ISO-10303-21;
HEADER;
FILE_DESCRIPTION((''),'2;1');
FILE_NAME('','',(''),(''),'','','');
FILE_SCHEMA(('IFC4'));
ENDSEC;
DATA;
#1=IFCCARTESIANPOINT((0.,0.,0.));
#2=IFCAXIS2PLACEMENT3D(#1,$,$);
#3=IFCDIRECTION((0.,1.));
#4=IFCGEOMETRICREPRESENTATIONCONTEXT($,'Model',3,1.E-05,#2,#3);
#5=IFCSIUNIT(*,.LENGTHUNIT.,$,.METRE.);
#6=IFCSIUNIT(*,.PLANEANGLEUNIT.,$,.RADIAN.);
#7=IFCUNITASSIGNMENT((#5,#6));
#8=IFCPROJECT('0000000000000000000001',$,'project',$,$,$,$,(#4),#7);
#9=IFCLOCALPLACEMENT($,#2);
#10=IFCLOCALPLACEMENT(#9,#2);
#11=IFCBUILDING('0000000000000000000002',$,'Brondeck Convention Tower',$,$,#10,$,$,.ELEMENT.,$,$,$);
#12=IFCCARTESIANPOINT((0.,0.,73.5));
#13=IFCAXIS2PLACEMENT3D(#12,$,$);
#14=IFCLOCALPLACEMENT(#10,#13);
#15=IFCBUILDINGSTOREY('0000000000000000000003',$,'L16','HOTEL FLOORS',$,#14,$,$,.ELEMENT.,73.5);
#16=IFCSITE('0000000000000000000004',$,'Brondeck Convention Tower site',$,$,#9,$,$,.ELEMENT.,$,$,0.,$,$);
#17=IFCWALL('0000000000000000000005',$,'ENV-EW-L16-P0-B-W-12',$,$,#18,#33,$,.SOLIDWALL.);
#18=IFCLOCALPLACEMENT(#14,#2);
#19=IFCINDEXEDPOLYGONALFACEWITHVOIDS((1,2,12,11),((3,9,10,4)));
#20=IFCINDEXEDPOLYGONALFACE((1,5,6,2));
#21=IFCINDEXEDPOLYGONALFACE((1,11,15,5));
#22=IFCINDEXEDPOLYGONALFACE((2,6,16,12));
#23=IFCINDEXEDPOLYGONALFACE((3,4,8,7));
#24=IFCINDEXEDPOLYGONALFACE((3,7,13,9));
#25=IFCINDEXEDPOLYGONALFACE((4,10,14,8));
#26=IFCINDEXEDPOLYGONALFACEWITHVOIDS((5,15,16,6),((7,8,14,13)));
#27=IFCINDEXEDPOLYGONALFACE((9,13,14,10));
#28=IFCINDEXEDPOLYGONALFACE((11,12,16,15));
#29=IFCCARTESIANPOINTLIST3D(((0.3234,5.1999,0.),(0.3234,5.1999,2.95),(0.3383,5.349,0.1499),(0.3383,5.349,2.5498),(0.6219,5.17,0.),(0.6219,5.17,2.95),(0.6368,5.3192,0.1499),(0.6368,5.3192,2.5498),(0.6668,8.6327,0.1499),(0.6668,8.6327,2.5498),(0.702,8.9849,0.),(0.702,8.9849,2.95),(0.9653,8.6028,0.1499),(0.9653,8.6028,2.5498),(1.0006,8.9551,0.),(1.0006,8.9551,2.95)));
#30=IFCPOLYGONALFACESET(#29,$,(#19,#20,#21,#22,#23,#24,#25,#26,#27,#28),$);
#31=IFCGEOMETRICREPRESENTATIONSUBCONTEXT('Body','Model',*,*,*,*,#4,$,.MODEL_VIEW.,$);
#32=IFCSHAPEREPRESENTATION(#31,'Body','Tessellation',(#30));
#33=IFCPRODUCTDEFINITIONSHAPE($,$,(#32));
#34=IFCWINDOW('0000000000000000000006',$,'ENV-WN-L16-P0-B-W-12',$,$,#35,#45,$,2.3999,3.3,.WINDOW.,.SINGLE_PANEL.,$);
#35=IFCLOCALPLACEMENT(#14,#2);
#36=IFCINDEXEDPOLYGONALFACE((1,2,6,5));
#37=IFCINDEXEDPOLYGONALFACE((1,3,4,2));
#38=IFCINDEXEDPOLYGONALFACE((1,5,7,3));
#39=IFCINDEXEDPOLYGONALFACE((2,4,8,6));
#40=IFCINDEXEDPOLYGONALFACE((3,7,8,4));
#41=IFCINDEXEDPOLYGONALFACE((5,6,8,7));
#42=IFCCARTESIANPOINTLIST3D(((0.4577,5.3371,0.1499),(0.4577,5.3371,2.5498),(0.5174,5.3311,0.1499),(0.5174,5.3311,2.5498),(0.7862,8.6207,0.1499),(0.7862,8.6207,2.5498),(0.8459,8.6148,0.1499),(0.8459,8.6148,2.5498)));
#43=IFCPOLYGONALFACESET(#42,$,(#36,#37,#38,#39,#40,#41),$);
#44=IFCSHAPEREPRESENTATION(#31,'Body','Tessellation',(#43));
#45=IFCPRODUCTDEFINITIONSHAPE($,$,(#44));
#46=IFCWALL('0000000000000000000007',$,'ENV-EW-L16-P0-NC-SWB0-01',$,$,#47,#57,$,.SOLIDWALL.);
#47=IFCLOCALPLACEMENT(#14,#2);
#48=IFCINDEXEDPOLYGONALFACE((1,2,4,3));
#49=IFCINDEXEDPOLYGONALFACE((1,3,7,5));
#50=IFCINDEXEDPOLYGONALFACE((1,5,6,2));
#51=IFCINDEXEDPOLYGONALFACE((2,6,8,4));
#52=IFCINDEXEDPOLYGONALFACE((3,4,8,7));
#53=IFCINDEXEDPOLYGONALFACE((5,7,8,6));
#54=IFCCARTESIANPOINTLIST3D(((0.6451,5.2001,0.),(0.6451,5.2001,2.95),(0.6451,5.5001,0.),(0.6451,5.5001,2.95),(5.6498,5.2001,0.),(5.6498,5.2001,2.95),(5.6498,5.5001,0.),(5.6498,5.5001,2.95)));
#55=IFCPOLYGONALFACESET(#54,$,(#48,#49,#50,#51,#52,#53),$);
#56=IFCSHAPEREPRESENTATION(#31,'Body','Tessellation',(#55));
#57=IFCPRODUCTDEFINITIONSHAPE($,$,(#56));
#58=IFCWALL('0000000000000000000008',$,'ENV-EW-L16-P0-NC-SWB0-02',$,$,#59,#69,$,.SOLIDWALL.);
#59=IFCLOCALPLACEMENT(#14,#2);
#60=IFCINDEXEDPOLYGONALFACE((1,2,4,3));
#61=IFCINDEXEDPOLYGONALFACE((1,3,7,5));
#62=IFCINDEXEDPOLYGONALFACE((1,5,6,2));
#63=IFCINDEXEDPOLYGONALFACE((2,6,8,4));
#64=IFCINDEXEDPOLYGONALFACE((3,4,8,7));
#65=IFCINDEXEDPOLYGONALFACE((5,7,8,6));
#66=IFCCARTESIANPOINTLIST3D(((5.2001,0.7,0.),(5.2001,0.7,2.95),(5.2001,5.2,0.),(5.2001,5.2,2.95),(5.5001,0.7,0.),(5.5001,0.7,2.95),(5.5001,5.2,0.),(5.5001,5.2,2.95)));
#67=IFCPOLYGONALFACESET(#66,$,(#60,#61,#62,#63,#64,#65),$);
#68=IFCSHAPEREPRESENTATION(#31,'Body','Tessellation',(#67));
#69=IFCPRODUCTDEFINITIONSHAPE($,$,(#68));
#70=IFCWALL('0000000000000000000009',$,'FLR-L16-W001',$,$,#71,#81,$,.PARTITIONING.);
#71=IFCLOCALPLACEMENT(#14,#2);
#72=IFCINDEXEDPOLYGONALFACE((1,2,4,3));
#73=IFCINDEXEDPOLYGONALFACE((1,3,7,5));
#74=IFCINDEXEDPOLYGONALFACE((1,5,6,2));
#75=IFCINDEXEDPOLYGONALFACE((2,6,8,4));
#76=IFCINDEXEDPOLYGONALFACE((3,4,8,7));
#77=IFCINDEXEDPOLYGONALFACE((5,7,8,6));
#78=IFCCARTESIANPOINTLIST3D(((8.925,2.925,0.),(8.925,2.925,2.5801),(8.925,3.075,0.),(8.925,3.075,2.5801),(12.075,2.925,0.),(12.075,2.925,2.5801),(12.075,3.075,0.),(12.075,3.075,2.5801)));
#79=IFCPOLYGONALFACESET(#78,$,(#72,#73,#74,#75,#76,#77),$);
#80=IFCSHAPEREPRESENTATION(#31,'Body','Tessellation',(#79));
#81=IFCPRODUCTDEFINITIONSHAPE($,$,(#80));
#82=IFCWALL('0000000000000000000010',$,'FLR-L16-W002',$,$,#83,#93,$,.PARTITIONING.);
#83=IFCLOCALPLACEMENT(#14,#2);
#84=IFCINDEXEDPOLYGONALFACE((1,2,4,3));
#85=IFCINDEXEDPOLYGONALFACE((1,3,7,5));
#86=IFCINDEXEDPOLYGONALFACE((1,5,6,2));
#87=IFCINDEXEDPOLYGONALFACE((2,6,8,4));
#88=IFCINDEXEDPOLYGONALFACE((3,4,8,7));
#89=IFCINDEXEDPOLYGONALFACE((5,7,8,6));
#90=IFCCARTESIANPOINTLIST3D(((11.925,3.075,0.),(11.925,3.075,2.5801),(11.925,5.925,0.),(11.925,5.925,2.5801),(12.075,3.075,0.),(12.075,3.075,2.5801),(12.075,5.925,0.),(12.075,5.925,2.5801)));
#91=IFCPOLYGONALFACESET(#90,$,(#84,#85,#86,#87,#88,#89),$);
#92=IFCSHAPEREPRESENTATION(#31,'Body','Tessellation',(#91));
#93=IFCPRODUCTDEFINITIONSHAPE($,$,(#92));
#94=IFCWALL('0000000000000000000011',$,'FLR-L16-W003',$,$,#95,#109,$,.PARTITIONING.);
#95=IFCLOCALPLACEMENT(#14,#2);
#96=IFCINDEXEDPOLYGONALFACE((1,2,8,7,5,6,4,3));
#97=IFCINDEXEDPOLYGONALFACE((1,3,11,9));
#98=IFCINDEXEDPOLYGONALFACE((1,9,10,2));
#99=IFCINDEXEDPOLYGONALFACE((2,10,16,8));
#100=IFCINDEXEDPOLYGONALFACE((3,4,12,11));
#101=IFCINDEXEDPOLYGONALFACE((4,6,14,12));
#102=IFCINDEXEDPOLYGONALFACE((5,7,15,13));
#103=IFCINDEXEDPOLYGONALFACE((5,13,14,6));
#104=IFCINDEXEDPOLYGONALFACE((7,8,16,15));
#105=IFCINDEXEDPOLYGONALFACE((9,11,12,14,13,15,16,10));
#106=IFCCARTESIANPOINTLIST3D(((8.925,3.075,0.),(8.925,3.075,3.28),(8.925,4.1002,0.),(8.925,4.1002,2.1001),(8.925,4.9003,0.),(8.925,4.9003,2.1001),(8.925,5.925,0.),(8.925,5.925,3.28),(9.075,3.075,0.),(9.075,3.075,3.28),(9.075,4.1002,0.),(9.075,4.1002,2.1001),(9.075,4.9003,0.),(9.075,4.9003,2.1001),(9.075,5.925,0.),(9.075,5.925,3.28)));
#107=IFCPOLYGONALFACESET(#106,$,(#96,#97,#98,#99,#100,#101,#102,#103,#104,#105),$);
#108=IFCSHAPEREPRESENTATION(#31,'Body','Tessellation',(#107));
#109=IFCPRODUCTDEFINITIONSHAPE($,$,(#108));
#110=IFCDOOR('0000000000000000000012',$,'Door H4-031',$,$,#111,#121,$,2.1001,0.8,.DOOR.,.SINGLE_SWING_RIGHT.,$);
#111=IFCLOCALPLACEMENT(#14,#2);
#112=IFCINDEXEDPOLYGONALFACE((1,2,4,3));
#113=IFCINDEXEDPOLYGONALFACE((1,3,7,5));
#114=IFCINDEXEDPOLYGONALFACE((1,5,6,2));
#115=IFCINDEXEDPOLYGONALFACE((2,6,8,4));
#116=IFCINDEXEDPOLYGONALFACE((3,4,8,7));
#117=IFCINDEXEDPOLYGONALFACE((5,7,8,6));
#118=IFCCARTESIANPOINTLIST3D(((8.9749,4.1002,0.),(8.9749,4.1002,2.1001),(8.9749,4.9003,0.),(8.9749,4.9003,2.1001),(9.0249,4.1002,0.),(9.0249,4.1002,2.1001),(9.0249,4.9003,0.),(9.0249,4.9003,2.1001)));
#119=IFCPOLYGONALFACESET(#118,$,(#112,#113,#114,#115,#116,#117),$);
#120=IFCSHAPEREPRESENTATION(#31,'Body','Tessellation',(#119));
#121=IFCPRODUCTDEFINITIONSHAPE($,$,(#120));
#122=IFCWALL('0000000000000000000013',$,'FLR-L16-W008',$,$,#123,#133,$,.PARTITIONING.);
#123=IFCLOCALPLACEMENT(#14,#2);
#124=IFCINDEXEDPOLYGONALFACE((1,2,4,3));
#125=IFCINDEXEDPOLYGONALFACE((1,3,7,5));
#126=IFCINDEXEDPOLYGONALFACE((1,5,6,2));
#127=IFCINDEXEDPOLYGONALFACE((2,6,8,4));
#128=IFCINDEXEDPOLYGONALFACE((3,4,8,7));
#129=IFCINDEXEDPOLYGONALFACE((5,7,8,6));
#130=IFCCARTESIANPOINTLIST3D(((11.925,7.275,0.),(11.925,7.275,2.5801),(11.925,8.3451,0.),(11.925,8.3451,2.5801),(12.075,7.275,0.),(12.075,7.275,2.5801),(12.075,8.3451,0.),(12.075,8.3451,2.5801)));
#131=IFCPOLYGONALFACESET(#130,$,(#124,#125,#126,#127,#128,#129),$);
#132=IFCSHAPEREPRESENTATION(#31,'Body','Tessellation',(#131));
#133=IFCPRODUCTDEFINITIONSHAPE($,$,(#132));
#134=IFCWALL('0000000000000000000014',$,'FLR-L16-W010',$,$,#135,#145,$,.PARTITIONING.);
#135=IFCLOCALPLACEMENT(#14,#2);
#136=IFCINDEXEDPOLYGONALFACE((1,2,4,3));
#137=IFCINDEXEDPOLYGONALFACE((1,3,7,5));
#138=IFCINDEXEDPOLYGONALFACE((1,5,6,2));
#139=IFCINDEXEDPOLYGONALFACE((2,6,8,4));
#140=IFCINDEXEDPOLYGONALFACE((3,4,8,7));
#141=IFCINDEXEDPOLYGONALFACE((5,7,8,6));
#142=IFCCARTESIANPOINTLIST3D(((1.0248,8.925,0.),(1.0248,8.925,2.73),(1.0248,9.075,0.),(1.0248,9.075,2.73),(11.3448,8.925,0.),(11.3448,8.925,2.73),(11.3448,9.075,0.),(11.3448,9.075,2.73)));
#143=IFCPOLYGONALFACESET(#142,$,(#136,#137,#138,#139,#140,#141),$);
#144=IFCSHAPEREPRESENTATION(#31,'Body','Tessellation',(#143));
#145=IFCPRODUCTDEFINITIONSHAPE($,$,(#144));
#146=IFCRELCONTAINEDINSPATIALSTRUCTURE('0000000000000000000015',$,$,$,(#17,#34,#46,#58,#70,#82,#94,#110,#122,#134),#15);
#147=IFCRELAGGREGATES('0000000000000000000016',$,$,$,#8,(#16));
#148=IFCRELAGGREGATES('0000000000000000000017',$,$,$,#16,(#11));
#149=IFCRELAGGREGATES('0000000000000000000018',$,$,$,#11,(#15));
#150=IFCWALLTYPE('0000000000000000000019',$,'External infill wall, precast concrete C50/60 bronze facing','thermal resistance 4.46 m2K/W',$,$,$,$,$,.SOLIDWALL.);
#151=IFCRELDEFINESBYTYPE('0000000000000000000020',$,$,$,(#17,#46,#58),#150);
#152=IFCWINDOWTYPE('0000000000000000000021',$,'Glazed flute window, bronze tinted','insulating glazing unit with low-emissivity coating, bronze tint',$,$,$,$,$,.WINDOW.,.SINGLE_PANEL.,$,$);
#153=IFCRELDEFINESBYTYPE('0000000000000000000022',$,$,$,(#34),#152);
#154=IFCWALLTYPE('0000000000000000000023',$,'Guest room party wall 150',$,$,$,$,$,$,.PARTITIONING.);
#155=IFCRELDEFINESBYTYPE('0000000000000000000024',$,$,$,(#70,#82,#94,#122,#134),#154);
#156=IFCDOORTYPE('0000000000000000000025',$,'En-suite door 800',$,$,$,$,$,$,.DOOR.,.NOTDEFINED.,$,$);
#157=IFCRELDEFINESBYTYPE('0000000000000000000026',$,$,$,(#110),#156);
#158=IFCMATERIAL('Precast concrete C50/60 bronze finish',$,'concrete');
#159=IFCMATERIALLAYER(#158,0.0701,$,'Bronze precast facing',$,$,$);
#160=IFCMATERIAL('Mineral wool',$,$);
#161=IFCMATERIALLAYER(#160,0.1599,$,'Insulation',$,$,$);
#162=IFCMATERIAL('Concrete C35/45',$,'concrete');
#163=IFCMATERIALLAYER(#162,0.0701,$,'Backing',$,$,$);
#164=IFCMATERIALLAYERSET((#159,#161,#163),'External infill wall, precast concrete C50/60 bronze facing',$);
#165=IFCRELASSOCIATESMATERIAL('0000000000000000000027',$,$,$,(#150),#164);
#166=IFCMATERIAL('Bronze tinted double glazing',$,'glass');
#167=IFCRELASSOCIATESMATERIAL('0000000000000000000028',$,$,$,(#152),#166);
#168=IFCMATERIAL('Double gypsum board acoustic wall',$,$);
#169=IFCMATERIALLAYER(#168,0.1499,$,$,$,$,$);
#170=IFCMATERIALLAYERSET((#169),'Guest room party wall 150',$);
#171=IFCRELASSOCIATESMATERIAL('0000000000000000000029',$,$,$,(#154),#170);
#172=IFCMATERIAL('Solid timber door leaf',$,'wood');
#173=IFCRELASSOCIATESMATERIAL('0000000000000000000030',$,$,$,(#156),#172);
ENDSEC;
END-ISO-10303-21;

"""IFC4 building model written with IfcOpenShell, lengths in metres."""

from ifc_helpers import new_model, si_unit, direction, frame, frame_2d, origin, place, context, subcontext, project, spatial, rectangle, extrude, material, layer, layer_set, type_object, element, fill, save


model = new_model("IFC4")

# Units and contexts
model_context = context("Model", 3, precision=1e-05, world=origin(), true_north=direction((0.0, 1.0)))
body_context = subcontext(model_context, "Body", "Model", "MODEL_VIEW")
ifc_project = project(units=[si_unit("LENGTHUNIT", "METRE"), si_unit("PLANEANGLEUNIT", "RADIAN")], contexts=[model_context])

# Site, building, storey
site_placement = place(None, origin())
site = spatial("IfcSite", under=ifc_project, at=site_placement, Name="Brondeck Convention Tower site", CompositionType="ELEMENT", RefElevation=0.0)
building_placement = place(site_placement, origin())
building = spatial("IfcBuilding", under=site, at=building_placement, Name="Brondeck Convention Tower", CompositionType="ELEMENT")
storey_placement = place(building_placement, frame((0.0, 0.0, 73.5)))
storey = spatial("IfcBuildingStorey", under=building, at=storey_placement, Name="L16", Description="HOTEL FLOORS", CompositionType="ELEMENT", Elevation=73.5)

# Shared definitions
ifc_material_1 = material(Name="Concrete C35/45", Category="concrete")

# Shared definitions
ifc_material_2 = material(Name="Precast concrete C50/60 bronze finish", Category="concrete")
ifc_layer_1 = layer(ifc_material_2, 0.0701, Name="Bronze precast facing")
ifc_material_3 = material(Name="Mineral wool")
ifc_layer_2 = layer(ifc_material_3, 0.1599, Name="Insulation")
ifc_layer_3 = layer(ifc_material_1, 0.0701, Name="Backing")
ifc_layer_set_1 = layer_set([ifc_layer_1, ifc_layer_2, ifc_layer_3], Name="External infill wall, precast concrete C50/60 bronze facing")
wall_type_1 = type_object("IfcWallType", Name="External infill wall, precast concrete C50/60 bronze facing", Description="thermal resistance 4.46 m2K/W", PredefinedType="SOLIDWALL", material=ifc_layer_set_1)
ifc_material_4 = material(Name="Bronze tinted double glazing", Category="glass")
window_type_1 = type_object("IfcWindowType", Name="Glazed flute window, bronze tinted", Description="insulating glazing unit with low-emissivity coating, bronze tint", PartitioningType="SINGLE_PANEL", PredefinedType="WINDOW", material=ifc_material_4)

# Wall, opening, window
wall_1_placement = place(storey_placement, frame((0.4727, 5.1851, 0.0), z_axis=(0.0, 0.0, 1.0), x_axis=(0.099542, 0.995033, 0.0)))
wall_1 = element("IfcWall", 1, at=wall_1_placement, inside=storey, type_object=wall_type_1, Name="ENV-EW-L16-P0-B-W-12", PredefinedType="SOLIDWALL", context=body_context, shape_type="SweptSolid", body=[
    extrude(rectangle(XDim=3.804, YDim=0.3, at=frame_2d((1.9019, 0.0))), origin(), (0.0, 0.0, 1.0), 2.95),
])
opening_1_placement = place(wall_1_placement, frame((0.1499, 0.0, 0.1499)))
opening_1 = element("IfcOpeningElement", 2, at=opening_1_placement, cuts=wall_1, PredefinedType="OPENING", context=body_context, shape_type="SweptSolid", body=[
    extrude(rectangle(XDim=3.3, YDim=2.3999, at=frame_2d((1.6499, 1.2))), frame((0.0, 0.1599, 0.0), z_axis=(0.0, -1.0, 0.0), x_axis=(1.0, 0.0, 0.0)), (0.0, 0.0, 1.0), 0.3201),
])
window_1_placement = place(opening_1_placement, origin())
window_1 = element("IfcWindow", 3, at=window_1_placement, inside=storey, type_object=window_type_1, Name="ENV-WN-L16-P0-B-W-12", OverallHeight=2.3999, OverallWidth=3.3, PartitioningType="SINGLE_PANEL", PredefinedType="WINDOW", context=body_context, shape_type="SweptSolid", body=[
    extrude(rectangle(XDim=3.3, YDim=2.3999, at=frame_2d((1.6499, 1.2))), frame((0.0, 0.03, 0.0), z_axis=(0.0, -1.0, 0.0), x_axis=(1.0, 0.0, 0.0)), (0.0, 0.0, 1.0), 0.0601),
])
fill(opening_1, window_1)

# Walls
wall_2_placement = place(storey_placement, frame((5.6499, 5.3501, 0.0), z_axis=(0.0, 0.0, 1.0), x_axis=(-1.0, 0.0, 0.0)))
element("IfcWall", 4, at=wall_2_placement, inside=storey, type_object=wall_type_1, Name="ENV-EW-L16-P0-NC-SWB0-01", PredefinedType="SOLIDWALL", context=body_context, shape_type="SweptSolid", body=[
    extrude(rectangle(XDim=5.0046, YDim=0.3, at=frame_2d((2.5024, 0.0))), origin(), (0.0, 0.0, 1.0), 2.95),
])
wall_3_placement = place(storey_placement, frame((5.3501, 0.7, 0.0), z_axis=(0.0, 0.0, 1.0), x_axis=(0.0, 1.0, 0.0)))
element("IfcWall", 5, at=wall_3_placement, inside=storey, type_object=wall_type_1, Name="ENV-EW-L16-P0-NC-SWB0-02", PredefinedType="SOLIDWALL", context=body_context, shape_type="SweptSolid", body=[
    extrude(rectangle(XDim=4.5, YDim=0.3, at=frame_2d((2.25, 0.0))), origin(), (0.0, 0.0, 1.0), 2.95),
])
ifc_material_5 = material(Name="Double gypsum board acoustic wall")
ifc_layer_4 = layer(ifc_material_5, 0.1499)
ifc_layer_set_2 = layer_set([ifc_layer_4], Name="Guest room party wall 150")
wall_type_2 = type_object("IfcWallType", Name="Guest room party wall 150", PredefinedType="PARTITIONING", material=ifc_layer_set_2)
wall_4_placement = place(storey_placement, frame((8.925, 3.0, 0.0), z_axis=(0.0, 0.0, 1.0), x_axis=(1.0, 0.0, 0.0)))
element("IfcWall", 6, at=wall_4_placement, inside=storey, type_object=wall_type_2, Name="FLR-L16-W001", PredefinedType="PARTITIONING", context=body_context, shape_type="SweptSolid", body=[
    extrude(rectangle(XDim=3.1499, YDim=0.1499, at=frame_2d((1.575, 0.0))), origin(), (0.0, 0.0, 1.0), 2.5801),
])
wall_5_placement = place(storey_placement, frame((12.0, 3.075, 0.0), z_axis=(0.0, 0.0, 1.0), x_axis=(0.0, 1.0, 0.0)))
element("IfcWall", 7, at=wall_5_placement, inside=storey, type_object=wall_type_2, Name="FLR-L16-W002", PredefinedType="PARTITIONING", context=body_context, shape_type="SweptSolid", body=[
    extrude(rectangle(XDim=2.8501, YDim=0.1499, at=frame_2d((1.425, 0.0))), origin(), (0.0, 0.0, 1.0), 2.5801),
])

# Wall, opening, door
wall_6_placement = place(storey_placement, frame((9.0, 5.925, 0.0), z_axis=(0.0, 0.0, 1.0), x_axis=(0.0, -1.0, 0.0)))
wall_6 = element("IfcWall", 8, at=wall_6_placement, inside=storey, type_object=wall_type_2, Name="FLR-L16-W003", PredefinedType="PARTITIONING", context=body_context, shape_type="SweptSolid", body=[
    extrude(rectangle(XDim=2.8501, YDim=0.1499, at=frame_2d((1.425, 0.0))), origin(), (0.0, 0.0, 1.0), 3.28),
])
opening_2_placement = place(wall_6_placement, frame((1.0249, 0.0, 0.0)))
opening_2 = element("IfcOpeningElement", 9, at=opening_2_placement, cuts=wall_6, PredefinedType="OPENING", context=body_context, shape_type="SweptSolid", body=[
    extrude(rectangle(XDim=0.8, YDim=2.1001, at=frame_2d((0.3999, 1.05))), frame((0.0, 0.085, 0.0), z_axis=(0.0, -1.0, 0.0), x_axis=(1.0, 0.0, 0.0)), (0.0, 0.0, 1.0), 0.1699),
])
ifc_material_6 = material(Name="Solid timber door leaf", Category="wood")
door_type = type_object("IfcDoorType", Name="En-suite door 800", OperationType="NOTDEFINED", PredefinedType="DOOR", material=ifc_material_6)
door_placement = place(opening_2_placement, origin())
door = element("IfcDoor", 10, at=door_placement, inside=storey, type_object=door_type, Name="Door H4-031", OperationType="SINGLE_SWING_RIGHT", OverallHeight=2.1001, OverallWidth=0.8, PredefinedType="DOOR", context=body_context, shape_type="SweptSolid", body=[
    extrude(rectangle(XDim=0.8, YDim=2.1001, at=frame_2d((0.3999, 1.05))), frame((0.0, 0.0249, 0.0), z_axis=(0.0, -1.0, 0.0), x_axis=(1.0, 0.0, 0.0)), (0.0, 0.0, 1.0), 0.05),
])
fill(opening_2, door)

# Walls
wall_7_placement = place(storey_placement, frame((12.0, 7.2749, 0.0), z_axis=(0.0, 0.0, 1.0), x_axis=(0.0, 1.0, 0.0)))
element("IfcWall", 11, at=wall_7_placement, inside=storey, type_object=wall_type_2, Name="FLR-L16-W008", PredefinedType="PARTITIONING", context=body_context, shape_type="SweptSolid", body=[
    extrude(rectangle(XDim=1.0701, YDim=0.1499, at=frame_2d((0.5352, 0.0))), origin(), (0.0, 0.0, 1.0), 2.5801),
])
wall_8_placement = place(storey_placement, frame((11.345, 9.0, 0.0), z_axis=(0.0, 0.0, 1.0), x_axis=(-1.0, 0.0, 0.0)))
element("IfcWall", 12, at=wall_8_placement, inside=storey, type_object=wall_type_2, Name="FLR-L16-W010", PredefinedType="PARTITIONING", context=body_context, shape_type="SweptSolid", body=[
    extrude(rectangle(XDim=10.3201, YDim=0.1499, at=frame_2d((5.1602, 0.0))), origin(), (0.0, 0.0, 1.0), 2.73),
])

save(model, "model.ifc")
